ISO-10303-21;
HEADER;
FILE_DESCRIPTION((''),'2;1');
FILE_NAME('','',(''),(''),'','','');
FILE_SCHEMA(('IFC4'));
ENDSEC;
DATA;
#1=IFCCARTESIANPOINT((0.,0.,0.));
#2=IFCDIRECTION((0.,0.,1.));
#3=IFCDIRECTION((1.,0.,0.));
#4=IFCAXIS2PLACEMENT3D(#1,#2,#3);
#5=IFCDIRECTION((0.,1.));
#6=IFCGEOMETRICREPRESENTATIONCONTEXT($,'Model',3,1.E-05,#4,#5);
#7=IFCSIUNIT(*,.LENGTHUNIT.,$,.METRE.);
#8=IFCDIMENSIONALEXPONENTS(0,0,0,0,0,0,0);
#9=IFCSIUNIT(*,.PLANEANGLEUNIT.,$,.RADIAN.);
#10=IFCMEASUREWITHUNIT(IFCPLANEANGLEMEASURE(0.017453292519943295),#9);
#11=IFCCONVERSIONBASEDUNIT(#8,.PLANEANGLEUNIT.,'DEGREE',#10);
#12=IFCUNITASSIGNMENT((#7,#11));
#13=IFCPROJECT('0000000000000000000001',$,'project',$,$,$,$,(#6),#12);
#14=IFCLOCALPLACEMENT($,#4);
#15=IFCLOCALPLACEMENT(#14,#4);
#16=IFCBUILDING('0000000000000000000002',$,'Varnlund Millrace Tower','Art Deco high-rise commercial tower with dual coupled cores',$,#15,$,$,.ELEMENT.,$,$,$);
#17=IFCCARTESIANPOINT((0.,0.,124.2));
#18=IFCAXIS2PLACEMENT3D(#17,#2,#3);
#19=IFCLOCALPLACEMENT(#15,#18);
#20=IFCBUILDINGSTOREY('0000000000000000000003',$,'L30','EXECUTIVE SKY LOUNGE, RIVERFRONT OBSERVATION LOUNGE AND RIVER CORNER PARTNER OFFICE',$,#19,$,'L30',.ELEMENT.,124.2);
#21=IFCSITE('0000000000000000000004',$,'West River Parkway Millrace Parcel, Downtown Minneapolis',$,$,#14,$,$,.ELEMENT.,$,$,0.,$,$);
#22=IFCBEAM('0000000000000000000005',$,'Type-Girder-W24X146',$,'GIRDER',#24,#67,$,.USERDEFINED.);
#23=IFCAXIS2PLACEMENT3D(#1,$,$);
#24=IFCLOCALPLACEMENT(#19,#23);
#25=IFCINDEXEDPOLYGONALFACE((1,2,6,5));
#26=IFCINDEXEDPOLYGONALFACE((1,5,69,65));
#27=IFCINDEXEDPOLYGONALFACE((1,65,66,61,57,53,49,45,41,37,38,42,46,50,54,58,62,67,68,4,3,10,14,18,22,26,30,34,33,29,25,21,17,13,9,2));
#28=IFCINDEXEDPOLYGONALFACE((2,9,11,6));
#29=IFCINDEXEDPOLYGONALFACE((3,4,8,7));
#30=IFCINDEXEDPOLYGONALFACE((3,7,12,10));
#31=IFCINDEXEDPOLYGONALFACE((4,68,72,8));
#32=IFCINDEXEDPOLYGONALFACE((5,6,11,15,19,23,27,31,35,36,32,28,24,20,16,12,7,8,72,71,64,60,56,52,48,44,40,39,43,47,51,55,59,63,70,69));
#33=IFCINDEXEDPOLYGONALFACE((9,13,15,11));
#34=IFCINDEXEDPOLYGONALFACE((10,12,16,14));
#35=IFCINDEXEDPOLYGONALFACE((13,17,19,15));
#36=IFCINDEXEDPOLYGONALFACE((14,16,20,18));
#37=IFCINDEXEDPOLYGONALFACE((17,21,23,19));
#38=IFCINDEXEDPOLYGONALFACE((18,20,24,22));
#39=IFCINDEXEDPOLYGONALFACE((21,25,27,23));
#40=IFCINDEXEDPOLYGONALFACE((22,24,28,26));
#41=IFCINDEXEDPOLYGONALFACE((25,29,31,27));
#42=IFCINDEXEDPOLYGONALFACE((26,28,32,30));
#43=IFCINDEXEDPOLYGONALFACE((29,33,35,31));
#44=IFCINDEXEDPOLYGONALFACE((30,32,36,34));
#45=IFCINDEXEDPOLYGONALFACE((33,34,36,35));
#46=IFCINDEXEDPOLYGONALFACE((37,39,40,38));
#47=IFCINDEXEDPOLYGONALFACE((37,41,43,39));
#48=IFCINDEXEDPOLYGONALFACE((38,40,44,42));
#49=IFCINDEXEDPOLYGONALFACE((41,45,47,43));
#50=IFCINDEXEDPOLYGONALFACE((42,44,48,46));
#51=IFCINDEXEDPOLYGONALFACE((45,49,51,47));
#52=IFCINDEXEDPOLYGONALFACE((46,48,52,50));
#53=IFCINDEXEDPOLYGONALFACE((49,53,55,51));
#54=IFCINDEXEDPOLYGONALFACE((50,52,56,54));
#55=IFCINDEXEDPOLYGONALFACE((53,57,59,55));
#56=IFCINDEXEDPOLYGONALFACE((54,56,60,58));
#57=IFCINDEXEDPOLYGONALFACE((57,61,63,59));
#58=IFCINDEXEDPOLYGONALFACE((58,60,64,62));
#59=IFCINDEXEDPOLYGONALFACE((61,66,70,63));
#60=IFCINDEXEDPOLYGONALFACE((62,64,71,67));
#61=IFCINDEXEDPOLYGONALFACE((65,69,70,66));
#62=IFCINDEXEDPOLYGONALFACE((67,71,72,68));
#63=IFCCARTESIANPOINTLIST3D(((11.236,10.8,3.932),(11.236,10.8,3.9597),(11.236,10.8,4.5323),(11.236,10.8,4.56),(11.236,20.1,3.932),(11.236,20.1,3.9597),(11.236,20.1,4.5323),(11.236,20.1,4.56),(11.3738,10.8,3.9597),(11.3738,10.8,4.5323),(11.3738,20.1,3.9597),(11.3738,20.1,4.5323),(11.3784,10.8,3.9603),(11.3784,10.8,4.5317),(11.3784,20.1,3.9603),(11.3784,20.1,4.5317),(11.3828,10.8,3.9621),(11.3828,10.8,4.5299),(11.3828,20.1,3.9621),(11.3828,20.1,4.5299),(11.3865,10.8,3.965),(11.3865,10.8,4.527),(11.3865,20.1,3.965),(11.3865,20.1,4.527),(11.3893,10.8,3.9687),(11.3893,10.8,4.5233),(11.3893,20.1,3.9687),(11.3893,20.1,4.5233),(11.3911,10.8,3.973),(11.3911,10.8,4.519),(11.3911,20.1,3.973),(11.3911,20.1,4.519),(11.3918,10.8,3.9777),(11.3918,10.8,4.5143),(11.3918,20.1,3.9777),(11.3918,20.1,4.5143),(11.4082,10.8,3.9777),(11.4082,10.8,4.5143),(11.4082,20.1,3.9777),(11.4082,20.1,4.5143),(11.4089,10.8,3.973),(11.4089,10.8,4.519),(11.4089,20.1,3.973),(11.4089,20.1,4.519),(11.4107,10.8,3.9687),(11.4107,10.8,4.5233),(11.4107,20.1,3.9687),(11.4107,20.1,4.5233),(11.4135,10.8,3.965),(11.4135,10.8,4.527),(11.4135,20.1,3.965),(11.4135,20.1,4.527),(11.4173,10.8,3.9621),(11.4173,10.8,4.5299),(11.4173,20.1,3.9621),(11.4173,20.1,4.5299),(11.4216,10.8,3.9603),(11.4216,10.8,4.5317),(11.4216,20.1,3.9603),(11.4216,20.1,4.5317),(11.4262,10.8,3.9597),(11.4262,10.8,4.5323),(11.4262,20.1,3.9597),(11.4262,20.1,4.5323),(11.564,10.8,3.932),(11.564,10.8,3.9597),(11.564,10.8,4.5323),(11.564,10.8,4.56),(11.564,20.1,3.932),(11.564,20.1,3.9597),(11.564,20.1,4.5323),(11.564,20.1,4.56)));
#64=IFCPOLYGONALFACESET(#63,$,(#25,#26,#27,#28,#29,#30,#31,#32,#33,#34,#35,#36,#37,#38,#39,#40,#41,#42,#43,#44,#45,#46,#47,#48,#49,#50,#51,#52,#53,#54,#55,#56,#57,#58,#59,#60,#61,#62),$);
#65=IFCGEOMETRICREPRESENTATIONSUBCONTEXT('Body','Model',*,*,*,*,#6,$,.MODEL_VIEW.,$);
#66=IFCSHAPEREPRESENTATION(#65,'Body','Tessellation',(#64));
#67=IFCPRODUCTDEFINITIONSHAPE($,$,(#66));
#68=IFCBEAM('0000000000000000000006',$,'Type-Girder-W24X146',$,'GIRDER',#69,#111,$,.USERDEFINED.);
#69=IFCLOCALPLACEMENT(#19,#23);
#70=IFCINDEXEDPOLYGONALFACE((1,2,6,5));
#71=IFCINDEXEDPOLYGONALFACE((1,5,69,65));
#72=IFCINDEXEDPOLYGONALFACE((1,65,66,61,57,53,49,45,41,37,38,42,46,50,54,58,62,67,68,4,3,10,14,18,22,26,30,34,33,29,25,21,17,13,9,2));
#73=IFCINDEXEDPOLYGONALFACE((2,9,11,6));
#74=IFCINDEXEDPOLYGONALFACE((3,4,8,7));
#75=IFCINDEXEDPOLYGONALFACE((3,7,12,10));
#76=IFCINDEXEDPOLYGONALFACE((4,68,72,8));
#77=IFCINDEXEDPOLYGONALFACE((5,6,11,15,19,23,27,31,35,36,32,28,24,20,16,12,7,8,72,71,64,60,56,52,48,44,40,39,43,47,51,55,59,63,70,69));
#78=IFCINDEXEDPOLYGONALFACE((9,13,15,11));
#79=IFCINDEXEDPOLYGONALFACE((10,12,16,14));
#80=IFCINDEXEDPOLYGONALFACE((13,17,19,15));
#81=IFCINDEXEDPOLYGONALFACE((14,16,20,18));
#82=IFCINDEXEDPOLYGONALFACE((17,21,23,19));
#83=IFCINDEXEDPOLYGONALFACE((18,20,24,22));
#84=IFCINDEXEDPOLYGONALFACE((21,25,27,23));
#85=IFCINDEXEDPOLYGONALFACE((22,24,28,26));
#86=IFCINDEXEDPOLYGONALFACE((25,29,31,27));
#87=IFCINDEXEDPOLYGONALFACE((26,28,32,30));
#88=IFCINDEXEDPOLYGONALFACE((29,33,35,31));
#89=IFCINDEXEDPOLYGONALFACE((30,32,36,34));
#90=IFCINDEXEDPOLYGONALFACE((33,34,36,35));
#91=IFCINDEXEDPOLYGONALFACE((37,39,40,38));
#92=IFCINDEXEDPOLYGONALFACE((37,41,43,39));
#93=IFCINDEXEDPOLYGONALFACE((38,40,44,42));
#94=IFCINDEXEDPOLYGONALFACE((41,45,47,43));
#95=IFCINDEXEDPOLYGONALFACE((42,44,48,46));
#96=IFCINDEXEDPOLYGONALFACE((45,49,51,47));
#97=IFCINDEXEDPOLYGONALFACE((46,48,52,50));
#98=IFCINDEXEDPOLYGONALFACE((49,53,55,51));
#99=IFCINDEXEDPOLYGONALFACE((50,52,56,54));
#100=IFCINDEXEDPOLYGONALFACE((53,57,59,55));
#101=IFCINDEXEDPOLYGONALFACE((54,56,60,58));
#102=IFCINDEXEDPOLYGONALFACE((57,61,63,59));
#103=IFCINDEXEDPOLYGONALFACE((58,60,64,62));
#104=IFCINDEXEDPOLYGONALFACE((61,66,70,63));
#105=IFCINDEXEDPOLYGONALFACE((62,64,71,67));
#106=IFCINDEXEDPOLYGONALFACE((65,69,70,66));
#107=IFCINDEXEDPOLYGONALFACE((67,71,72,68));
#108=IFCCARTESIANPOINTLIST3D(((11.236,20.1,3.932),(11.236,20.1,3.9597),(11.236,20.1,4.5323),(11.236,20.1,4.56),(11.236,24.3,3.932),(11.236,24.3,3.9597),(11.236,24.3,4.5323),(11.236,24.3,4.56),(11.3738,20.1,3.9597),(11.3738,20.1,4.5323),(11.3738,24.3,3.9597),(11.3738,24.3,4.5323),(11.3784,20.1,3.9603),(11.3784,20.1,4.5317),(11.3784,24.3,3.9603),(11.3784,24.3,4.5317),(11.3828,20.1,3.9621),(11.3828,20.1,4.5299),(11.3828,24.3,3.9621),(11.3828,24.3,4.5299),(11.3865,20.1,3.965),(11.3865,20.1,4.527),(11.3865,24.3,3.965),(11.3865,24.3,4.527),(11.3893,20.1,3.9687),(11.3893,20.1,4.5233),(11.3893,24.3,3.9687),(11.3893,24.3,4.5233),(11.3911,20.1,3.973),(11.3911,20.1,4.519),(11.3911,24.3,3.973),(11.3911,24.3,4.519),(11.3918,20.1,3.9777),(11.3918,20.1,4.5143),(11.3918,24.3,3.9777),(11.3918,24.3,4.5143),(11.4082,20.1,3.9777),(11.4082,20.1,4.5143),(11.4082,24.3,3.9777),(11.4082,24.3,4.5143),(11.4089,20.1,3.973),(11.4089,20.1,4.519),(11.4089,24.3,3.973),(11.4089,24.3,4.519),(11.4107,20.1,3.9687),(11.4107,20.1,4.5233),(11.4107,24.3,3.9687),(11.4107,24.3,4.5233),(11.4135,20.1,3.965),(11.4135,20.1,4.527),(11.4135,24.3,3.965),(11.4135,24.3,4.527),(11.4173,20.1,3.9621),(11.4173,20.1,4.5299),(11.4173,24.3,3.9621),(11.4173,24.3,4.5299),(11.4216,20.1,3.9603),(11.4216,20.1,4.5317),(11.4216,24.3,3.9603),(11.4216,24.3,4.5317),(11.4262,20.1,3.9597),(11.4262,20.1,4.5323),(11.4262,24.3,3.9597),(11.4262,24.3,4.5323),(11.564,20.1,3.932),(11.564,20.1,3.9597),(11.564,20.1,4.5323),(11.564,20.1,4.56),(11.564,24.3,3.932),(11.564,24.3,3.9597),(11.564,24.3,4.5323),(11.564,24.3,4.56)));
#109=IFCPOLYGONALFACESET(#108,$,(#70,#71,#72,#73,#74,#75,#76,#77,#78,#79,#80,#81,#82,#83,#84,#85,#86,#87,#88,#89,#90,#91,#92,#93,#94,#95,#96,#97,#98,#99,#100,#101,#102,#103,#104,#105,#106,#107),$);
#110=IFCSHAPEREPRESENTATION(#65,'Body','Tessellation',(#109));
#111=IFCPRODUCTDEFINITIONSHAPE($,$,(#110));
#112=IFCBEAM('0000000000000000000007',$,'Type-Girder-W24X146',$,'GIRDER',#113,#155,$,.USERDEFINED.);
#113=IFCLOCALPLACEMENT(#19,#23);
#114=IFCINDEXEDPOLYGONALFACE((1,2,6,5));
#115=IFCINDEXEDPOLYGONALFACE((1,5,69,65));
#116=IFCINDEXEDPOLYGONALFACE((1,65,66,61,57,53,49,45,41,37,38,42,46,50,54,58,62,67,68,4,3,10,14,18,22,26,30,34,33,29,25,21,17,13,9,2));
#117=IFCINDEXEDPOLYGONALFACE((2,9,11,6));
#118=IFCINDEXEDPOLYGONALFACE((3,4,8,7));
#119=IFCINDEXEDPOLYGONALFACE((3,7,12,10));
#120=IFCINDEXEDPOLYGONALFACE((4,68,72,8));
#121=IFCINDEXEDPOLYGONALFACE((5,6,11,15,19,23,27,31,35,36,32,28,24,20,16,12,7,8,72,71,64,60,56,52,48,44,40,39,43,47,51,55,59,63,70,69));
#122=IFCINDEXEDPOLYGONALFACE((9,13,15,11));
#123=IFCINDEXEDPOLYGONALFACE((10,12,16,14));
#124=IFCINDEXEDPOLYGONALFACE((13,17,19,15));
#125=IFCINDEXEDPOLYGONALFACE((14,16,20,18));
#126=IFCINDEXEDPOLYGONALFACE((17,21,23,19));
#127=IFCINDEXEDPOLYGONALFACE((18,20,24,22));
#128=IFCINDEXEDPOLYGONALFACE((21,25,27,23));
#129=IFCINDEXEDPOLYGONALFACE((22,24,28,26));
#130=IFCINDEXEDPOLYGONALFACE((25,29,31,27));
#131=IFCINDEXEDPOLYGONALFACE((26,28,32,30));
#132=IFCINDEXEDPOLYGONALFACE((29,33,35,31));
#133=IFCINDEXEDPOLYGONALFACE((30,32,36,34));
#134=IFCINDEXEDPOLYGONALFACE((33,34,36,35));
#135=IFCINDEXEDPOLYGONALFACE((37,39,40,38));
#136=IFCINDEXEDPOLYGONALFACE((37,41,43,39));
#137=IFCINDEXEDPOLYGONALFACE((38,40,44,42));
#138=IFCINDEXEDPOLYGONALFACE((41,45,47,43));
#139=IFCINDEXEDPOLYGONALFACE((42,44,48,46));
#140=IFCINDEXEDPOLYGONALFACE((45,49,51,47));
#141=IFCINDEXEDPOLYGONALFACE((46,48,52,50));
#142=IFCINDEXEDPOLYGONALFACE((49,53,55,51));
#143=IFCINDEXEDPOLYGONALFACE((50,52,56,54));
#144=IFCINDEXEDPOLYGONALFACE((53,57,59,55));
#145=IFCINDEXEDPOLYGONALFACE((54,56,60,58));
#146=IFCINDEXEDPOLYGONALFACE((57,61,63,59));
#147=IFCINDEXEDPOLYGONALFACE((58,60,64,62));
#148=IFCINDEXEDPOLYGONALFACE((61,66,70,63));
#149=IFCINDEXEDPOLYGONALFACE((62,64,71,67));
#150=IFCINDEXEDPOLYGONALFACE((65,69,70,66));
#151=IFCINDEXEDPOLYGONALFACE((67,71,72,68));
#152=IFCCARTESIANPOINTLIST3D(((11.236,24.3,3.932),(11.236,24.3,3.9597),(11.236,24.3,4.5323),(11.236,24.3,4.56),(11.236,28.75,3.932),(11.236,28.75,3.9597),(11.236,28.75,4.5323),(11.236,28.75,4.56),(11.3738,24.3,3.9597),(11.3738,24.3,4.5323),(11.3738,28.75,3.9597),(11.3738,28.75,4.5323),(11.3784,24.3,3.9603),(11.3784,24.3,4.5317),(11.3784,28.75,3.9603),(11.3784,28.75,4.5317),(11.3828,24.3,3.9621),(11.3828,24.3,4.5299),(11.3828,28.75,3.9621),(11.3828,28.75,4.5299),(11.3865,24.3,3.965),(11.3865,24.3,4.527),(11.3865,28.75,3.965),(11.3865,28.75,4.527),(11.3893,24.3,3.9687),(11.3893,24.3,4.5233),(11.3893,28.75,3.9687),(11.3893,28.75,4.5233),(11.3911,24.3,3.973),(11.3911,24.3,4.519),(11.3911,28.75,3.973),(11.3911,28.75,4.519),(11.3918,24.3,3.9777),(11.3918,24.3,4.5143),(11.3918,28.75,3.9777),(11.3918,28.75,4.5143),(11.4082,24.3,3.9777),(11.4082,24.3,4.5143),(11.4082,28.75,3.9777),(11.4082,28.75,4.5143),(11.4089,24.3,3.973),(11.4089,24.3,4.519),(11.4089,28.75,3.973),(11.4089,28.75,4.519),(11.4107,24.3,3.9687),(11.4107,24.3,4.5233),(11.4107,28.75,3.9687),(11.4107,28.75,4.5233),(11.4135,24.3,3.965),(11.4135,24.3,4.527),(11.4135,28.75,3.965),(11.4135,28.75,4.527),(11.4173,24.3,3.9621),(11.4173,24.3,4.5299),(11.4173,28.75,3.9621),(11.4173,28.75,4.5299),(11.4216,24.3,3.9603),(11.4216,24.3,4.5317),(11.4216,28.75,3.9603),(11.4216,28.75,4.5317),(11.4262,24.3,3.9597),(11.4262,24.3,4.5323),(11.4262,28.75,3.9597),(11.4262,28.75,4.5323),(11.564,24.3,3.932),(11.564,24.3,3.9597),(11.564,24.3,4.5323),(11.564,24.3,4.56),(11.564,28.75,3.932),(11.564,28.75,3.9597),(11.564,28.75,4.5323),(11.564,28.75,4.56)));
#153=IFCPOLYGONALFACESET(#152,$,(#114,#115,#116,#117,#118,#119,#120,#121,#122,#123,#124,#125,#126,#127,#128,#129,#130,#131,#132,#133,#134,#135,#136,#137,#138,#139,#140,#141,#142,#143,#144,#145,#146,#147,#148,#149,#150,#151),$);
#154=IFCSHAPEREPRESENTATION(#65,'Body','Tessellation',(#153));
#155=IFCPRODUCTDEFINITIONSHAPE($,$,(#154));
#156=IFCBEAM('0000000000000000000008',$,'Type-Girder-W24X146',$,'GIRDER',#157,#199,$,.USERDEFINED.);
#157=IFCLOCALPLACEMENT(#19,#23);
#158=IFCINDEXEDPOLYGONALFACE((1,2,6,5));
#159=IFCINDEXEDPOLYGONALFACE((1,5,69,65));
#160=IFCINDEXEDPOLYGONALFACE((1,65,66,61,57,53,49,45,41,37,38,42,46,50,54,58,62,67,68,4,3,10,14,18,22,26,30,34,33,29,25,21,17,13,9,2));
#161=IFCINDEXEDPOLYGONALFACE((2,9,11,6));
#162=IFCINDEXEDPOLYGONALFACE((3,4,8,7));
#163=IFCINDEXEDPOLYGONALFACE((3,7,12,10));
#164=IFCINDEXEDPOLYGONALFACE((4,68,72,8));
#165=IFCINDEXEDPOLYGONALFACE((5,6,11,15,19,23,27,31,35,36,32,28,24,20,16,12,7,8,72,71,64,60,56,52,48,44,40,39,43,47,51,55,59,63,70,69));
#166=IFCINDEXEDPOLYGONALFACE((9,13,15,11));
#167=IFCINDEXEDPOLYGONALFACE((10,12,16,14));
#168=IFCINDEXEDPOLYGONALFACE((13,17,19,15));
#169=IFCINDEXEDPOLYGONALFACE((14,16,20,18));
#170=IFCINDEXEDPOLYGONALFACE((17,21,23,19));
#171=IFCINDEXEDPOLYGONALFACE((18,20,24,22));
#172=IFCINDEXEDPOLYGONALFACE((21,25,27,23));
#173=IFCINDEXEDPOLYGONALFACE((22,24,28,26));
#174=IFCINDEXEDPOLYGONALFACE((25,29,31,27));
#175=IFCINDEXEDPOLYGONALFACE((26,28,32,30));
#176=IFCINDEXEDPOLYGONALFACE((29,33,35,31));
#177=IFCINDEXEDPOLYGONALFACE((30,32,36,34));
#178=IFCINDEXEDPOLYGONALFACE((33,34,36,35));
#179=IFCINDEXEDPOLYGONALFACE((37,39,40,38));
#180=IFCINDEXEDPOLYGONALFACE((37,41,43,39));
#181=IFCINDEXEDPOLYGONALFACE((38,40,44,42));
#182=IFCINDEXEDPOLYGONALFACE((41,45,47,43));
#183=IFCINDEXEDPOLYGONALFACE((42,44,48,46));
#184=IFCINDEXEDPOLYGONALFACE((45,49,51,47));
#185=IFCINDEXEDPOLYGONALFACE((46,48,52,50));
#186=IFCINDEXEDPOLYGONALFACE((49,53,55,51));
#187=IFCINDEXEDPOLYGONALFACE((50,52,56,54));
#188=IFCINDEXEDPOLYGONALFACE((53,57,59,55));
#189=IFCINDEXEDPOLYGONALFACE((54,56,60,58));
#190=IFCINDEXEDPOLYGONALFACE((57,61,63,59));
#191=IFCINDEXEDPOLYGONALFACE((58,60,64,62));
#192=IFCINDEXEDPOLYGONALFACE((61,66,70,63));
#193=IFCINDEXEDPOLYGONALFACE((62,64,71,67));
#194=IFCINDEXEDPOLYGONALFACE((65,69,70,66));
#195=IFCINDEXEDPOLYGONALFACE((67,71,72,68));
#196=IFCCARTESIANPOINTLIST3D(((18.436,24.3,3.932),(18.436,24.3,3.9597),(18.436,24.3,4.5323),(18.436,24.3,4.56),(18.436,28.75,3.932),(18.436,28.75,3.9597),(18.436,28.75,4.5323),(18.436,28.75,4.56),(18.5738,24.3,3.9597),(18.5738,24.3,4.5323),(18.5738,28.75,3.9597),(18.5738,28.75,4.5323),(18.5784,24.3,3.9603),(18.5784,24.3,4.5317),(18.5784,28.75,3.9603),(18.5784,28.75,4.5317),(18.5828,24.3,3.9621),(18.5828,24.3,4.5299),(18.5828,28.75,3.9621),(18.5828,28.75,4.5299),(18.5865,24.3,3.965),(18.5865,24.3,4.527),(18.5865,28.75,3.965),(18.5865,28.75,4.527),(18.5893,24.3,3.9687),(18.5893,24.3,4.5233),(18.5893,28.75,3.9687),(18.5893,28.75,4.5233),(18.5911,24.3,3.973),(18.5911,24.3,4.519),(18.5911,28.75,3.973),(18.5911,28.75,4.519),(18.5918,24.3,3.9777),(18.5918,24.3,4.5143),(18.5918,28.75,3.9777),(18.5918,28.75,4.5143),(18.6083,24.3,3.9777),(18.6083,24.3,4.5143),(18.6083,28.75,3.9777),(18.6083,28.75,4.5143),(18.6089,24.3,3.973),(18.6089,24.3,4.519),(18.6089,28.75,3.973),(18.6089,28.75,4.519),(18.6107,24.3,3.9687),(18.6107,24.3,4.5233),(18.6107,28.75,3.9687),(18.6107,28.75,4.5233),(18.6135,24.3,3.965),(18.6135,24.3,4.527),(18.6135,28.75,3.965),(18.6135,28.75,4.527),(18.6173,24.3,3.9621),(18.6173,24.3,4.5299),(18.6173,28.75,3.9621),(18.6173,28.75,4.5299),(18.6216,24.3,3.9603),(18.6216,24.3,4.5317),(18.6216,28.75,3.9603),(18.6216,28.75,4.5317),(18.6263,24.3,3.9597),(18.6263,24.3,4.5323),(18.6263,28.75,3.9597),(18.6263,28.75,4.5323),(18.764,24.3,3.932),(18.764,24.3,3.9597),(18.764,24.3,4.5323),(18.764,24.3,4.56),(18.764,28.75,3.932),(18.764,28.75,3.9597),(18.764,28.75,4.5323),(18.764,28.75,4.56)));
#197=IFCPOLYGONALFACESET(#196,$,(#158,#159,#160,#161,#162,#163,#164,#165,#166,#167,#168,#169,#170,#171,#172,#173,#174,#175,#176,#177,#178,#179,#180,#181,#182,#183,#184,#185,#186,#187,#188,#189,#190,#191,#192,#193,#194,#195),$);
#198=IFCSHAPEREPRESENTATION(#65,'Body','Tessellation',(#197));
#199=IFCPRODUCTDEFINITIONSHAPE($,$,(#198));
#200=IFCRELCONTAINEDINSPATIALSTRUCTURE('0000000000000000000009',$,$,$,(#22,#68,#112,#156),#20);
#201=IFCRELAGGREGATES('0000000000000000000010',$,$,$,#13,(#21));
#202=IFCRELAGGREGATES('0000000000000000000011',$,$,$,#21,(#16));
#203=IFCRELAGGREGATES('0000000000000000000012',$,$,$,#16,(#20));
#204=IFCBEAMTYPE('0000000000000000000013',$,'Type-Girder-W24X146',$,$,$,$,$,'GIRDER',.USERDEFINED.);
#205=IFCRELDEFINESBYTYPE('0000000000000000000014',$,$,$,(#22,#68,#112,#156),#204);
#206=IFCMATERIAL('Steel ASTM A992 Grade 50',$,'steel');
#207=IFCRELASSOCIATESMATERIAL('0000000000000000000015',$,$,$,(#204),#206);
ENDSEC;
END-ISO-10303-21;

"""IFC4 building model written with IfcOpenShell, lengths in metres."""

from ifc_helpers import new_model, entity, si_unit, converted_unit, direction, frame, origin_with_axes, origin_2d_with_axis, place, context, subcontext, project, spatial, i_section, extrude, material, material_profile, profile_set, type_object, element, save


model = new_model("IFC4")

# Units and contexts
model_context = context("Model", 3, precision=1e-05, world=origin_with_axes(), true_north=direction((0.0, 1.0)))
body_context = subcontext(model_context, "Body", "Model", "MODEL_VIEW")
ifc_project = project(units=[si_unit("LENGTHUNIT", "METRE"), converted_unit("PLANEANGLEUNIT", "DEGREE", entity("IfcPlaneAngleMeasure", 0.017453292519943295), si_unit("PLANEANGLEUNIT", "RADIAN"), dimensions=[0, 0, 0, 0, 0, 0, 0])], contexts=[model_context])

# Site, building, storey
site_placement = place(None, origin_with_axes())
site = spatial("IfcSite", under=ifc_project, at=site_placement, Name="West River Parkway Millrace Parcel, Downtown Minneapolis", CompositionType="ELEMENT", RefElevation=0.0)
building_placement = place(site_placement, origin_with_axes())
building = spatial("IfcBuilding", under=site, at=building_placement, Name="Varnlund Millrace Tower", Description="Art Deco high-rise commercial tower with dual coupled cores", CompositionType="ELEMENT")
storey_placement = place(building_placement, frame((0.0, 0.0, 124.2), z_axis=(0.0, 0.0, 1.0), x_axis=(1.0, 0.0, 0.0)))
storey = spatial("IfcBuildingStorey", under=building, at=storey_placement, Name="L30", Description="EXECUTIVE SKY LOUNGE, RIVERFRONT OBSERVATION LOUNGE AND RIVER CORNER PARTNER OFFICE", LongName="L30", CompositionType="ELEMENT", Elevation=124.2)

# Beams
ifc_material_1 = material(Name="Steel ASTM A992 Grade 50", Category="steel")
ifc_material_profile_1 = material_profile(ifc_material_1, i_section(OverallWidth=0.328, OverallDepth=0.628, WebThickness=0.0165, FlangeThickness=0.0277, FilletRadius=0.018, at=origin_2d_with_axis()), Name="Steel ASTM A992 Grade 50")
ifc_profile_set_1 = profile_set([ifc_material_profile_1], Name="Steel ASTM A992 Grade 50")
beam_type_1 = type_object("IfcBeamType", Name="Type-Girder-W24X146", ElementType="GIRDER", PredefinedType="USERDEFINED", material=ifc_profile_set_1)
beam_1_placement = place(storey_placement, frame((11.4, 10.8, 4.246), z_axis=(0.0, 1.0, 0.0), x_axis=(-1.0, 0.0, 0.0)))
element("IfcBeam", 1, at=beam_1_placement, inside=storey, type_object=beam_type_1, Name="Type-Girder-W24X146", ObjectType="GIRDER", PredefinedType="USERDEFINED", context=body_context, shape_type="SweptSolid", body=[
    extrude(i_section(OverallWidth=0.328, OverallDepth=0.628, WebThickness=0.0165, FlangeThickness=0.0277, FilletRadius=0.018, at=origin_2d_with_axis()), origin_with_axes(), (0.0, 0.0, 1.0), 9.3),
])
beam_2_placement = place(storey_placement, frame((11.4, 20.1, 4.246), z_axis=(0.0, 1.0, 0.0), x_axis=(-1.0, 0.0, 0.0)))
element("IfcBeam", 2, at=beam_2_placement, inside=storey, type_object=beam_type_1, Name="Type-Girder-W24X146", ObjectType="GIRDER", PredefinedType="USERDEFINED", context=body_context, shape_type="SweptSolid", body=[
    extrude(i_section(OverallWidth=0.328, OverallDepth=0.628, WebThickness=0.0165, FlangeThickness=0.0277, FilletRadius=0.018, at=origin_2d_with_axis()), origin_with_axes(), (0.0, 0.0, 1.0), 4.2),
])
for number, where, z_axis, x_axis, name in (
    (3, (11.4, 24.3, 4.246), (0.0, 1.0, 0.0), (-1.0, 0.0, 0.0), "Type-Girder-W24X146"),
    (4, (18.6, 24.3, 4.246), (0.0, 1.0, 0.0), (-1.0, 0.0, 0.0), "Type-Girder-W24X146"),
):
    element("IfcBeam", number, at=place(storey_placement, frame(where, z_axis=z_axis, x_axis=x_axis)), inside=storey, type_object=beam_type_1, Name=name, ObjectType="GIRDER", PredefinedType="USERDEFINED", context=body_context, shape_type="SweptSolid", body=[
        extrude(i_section(OverallWidth=0.328, OverallDepth=0.628, WebThickness=0.0165, FlangeThickness=0.0277, FilletRadius=0.018, at=origin_2d_with_axis()), origin_with_axes(), (0.0, 0.0, 1.0), 4.45),
    ])

save(model, "model.ifc")
